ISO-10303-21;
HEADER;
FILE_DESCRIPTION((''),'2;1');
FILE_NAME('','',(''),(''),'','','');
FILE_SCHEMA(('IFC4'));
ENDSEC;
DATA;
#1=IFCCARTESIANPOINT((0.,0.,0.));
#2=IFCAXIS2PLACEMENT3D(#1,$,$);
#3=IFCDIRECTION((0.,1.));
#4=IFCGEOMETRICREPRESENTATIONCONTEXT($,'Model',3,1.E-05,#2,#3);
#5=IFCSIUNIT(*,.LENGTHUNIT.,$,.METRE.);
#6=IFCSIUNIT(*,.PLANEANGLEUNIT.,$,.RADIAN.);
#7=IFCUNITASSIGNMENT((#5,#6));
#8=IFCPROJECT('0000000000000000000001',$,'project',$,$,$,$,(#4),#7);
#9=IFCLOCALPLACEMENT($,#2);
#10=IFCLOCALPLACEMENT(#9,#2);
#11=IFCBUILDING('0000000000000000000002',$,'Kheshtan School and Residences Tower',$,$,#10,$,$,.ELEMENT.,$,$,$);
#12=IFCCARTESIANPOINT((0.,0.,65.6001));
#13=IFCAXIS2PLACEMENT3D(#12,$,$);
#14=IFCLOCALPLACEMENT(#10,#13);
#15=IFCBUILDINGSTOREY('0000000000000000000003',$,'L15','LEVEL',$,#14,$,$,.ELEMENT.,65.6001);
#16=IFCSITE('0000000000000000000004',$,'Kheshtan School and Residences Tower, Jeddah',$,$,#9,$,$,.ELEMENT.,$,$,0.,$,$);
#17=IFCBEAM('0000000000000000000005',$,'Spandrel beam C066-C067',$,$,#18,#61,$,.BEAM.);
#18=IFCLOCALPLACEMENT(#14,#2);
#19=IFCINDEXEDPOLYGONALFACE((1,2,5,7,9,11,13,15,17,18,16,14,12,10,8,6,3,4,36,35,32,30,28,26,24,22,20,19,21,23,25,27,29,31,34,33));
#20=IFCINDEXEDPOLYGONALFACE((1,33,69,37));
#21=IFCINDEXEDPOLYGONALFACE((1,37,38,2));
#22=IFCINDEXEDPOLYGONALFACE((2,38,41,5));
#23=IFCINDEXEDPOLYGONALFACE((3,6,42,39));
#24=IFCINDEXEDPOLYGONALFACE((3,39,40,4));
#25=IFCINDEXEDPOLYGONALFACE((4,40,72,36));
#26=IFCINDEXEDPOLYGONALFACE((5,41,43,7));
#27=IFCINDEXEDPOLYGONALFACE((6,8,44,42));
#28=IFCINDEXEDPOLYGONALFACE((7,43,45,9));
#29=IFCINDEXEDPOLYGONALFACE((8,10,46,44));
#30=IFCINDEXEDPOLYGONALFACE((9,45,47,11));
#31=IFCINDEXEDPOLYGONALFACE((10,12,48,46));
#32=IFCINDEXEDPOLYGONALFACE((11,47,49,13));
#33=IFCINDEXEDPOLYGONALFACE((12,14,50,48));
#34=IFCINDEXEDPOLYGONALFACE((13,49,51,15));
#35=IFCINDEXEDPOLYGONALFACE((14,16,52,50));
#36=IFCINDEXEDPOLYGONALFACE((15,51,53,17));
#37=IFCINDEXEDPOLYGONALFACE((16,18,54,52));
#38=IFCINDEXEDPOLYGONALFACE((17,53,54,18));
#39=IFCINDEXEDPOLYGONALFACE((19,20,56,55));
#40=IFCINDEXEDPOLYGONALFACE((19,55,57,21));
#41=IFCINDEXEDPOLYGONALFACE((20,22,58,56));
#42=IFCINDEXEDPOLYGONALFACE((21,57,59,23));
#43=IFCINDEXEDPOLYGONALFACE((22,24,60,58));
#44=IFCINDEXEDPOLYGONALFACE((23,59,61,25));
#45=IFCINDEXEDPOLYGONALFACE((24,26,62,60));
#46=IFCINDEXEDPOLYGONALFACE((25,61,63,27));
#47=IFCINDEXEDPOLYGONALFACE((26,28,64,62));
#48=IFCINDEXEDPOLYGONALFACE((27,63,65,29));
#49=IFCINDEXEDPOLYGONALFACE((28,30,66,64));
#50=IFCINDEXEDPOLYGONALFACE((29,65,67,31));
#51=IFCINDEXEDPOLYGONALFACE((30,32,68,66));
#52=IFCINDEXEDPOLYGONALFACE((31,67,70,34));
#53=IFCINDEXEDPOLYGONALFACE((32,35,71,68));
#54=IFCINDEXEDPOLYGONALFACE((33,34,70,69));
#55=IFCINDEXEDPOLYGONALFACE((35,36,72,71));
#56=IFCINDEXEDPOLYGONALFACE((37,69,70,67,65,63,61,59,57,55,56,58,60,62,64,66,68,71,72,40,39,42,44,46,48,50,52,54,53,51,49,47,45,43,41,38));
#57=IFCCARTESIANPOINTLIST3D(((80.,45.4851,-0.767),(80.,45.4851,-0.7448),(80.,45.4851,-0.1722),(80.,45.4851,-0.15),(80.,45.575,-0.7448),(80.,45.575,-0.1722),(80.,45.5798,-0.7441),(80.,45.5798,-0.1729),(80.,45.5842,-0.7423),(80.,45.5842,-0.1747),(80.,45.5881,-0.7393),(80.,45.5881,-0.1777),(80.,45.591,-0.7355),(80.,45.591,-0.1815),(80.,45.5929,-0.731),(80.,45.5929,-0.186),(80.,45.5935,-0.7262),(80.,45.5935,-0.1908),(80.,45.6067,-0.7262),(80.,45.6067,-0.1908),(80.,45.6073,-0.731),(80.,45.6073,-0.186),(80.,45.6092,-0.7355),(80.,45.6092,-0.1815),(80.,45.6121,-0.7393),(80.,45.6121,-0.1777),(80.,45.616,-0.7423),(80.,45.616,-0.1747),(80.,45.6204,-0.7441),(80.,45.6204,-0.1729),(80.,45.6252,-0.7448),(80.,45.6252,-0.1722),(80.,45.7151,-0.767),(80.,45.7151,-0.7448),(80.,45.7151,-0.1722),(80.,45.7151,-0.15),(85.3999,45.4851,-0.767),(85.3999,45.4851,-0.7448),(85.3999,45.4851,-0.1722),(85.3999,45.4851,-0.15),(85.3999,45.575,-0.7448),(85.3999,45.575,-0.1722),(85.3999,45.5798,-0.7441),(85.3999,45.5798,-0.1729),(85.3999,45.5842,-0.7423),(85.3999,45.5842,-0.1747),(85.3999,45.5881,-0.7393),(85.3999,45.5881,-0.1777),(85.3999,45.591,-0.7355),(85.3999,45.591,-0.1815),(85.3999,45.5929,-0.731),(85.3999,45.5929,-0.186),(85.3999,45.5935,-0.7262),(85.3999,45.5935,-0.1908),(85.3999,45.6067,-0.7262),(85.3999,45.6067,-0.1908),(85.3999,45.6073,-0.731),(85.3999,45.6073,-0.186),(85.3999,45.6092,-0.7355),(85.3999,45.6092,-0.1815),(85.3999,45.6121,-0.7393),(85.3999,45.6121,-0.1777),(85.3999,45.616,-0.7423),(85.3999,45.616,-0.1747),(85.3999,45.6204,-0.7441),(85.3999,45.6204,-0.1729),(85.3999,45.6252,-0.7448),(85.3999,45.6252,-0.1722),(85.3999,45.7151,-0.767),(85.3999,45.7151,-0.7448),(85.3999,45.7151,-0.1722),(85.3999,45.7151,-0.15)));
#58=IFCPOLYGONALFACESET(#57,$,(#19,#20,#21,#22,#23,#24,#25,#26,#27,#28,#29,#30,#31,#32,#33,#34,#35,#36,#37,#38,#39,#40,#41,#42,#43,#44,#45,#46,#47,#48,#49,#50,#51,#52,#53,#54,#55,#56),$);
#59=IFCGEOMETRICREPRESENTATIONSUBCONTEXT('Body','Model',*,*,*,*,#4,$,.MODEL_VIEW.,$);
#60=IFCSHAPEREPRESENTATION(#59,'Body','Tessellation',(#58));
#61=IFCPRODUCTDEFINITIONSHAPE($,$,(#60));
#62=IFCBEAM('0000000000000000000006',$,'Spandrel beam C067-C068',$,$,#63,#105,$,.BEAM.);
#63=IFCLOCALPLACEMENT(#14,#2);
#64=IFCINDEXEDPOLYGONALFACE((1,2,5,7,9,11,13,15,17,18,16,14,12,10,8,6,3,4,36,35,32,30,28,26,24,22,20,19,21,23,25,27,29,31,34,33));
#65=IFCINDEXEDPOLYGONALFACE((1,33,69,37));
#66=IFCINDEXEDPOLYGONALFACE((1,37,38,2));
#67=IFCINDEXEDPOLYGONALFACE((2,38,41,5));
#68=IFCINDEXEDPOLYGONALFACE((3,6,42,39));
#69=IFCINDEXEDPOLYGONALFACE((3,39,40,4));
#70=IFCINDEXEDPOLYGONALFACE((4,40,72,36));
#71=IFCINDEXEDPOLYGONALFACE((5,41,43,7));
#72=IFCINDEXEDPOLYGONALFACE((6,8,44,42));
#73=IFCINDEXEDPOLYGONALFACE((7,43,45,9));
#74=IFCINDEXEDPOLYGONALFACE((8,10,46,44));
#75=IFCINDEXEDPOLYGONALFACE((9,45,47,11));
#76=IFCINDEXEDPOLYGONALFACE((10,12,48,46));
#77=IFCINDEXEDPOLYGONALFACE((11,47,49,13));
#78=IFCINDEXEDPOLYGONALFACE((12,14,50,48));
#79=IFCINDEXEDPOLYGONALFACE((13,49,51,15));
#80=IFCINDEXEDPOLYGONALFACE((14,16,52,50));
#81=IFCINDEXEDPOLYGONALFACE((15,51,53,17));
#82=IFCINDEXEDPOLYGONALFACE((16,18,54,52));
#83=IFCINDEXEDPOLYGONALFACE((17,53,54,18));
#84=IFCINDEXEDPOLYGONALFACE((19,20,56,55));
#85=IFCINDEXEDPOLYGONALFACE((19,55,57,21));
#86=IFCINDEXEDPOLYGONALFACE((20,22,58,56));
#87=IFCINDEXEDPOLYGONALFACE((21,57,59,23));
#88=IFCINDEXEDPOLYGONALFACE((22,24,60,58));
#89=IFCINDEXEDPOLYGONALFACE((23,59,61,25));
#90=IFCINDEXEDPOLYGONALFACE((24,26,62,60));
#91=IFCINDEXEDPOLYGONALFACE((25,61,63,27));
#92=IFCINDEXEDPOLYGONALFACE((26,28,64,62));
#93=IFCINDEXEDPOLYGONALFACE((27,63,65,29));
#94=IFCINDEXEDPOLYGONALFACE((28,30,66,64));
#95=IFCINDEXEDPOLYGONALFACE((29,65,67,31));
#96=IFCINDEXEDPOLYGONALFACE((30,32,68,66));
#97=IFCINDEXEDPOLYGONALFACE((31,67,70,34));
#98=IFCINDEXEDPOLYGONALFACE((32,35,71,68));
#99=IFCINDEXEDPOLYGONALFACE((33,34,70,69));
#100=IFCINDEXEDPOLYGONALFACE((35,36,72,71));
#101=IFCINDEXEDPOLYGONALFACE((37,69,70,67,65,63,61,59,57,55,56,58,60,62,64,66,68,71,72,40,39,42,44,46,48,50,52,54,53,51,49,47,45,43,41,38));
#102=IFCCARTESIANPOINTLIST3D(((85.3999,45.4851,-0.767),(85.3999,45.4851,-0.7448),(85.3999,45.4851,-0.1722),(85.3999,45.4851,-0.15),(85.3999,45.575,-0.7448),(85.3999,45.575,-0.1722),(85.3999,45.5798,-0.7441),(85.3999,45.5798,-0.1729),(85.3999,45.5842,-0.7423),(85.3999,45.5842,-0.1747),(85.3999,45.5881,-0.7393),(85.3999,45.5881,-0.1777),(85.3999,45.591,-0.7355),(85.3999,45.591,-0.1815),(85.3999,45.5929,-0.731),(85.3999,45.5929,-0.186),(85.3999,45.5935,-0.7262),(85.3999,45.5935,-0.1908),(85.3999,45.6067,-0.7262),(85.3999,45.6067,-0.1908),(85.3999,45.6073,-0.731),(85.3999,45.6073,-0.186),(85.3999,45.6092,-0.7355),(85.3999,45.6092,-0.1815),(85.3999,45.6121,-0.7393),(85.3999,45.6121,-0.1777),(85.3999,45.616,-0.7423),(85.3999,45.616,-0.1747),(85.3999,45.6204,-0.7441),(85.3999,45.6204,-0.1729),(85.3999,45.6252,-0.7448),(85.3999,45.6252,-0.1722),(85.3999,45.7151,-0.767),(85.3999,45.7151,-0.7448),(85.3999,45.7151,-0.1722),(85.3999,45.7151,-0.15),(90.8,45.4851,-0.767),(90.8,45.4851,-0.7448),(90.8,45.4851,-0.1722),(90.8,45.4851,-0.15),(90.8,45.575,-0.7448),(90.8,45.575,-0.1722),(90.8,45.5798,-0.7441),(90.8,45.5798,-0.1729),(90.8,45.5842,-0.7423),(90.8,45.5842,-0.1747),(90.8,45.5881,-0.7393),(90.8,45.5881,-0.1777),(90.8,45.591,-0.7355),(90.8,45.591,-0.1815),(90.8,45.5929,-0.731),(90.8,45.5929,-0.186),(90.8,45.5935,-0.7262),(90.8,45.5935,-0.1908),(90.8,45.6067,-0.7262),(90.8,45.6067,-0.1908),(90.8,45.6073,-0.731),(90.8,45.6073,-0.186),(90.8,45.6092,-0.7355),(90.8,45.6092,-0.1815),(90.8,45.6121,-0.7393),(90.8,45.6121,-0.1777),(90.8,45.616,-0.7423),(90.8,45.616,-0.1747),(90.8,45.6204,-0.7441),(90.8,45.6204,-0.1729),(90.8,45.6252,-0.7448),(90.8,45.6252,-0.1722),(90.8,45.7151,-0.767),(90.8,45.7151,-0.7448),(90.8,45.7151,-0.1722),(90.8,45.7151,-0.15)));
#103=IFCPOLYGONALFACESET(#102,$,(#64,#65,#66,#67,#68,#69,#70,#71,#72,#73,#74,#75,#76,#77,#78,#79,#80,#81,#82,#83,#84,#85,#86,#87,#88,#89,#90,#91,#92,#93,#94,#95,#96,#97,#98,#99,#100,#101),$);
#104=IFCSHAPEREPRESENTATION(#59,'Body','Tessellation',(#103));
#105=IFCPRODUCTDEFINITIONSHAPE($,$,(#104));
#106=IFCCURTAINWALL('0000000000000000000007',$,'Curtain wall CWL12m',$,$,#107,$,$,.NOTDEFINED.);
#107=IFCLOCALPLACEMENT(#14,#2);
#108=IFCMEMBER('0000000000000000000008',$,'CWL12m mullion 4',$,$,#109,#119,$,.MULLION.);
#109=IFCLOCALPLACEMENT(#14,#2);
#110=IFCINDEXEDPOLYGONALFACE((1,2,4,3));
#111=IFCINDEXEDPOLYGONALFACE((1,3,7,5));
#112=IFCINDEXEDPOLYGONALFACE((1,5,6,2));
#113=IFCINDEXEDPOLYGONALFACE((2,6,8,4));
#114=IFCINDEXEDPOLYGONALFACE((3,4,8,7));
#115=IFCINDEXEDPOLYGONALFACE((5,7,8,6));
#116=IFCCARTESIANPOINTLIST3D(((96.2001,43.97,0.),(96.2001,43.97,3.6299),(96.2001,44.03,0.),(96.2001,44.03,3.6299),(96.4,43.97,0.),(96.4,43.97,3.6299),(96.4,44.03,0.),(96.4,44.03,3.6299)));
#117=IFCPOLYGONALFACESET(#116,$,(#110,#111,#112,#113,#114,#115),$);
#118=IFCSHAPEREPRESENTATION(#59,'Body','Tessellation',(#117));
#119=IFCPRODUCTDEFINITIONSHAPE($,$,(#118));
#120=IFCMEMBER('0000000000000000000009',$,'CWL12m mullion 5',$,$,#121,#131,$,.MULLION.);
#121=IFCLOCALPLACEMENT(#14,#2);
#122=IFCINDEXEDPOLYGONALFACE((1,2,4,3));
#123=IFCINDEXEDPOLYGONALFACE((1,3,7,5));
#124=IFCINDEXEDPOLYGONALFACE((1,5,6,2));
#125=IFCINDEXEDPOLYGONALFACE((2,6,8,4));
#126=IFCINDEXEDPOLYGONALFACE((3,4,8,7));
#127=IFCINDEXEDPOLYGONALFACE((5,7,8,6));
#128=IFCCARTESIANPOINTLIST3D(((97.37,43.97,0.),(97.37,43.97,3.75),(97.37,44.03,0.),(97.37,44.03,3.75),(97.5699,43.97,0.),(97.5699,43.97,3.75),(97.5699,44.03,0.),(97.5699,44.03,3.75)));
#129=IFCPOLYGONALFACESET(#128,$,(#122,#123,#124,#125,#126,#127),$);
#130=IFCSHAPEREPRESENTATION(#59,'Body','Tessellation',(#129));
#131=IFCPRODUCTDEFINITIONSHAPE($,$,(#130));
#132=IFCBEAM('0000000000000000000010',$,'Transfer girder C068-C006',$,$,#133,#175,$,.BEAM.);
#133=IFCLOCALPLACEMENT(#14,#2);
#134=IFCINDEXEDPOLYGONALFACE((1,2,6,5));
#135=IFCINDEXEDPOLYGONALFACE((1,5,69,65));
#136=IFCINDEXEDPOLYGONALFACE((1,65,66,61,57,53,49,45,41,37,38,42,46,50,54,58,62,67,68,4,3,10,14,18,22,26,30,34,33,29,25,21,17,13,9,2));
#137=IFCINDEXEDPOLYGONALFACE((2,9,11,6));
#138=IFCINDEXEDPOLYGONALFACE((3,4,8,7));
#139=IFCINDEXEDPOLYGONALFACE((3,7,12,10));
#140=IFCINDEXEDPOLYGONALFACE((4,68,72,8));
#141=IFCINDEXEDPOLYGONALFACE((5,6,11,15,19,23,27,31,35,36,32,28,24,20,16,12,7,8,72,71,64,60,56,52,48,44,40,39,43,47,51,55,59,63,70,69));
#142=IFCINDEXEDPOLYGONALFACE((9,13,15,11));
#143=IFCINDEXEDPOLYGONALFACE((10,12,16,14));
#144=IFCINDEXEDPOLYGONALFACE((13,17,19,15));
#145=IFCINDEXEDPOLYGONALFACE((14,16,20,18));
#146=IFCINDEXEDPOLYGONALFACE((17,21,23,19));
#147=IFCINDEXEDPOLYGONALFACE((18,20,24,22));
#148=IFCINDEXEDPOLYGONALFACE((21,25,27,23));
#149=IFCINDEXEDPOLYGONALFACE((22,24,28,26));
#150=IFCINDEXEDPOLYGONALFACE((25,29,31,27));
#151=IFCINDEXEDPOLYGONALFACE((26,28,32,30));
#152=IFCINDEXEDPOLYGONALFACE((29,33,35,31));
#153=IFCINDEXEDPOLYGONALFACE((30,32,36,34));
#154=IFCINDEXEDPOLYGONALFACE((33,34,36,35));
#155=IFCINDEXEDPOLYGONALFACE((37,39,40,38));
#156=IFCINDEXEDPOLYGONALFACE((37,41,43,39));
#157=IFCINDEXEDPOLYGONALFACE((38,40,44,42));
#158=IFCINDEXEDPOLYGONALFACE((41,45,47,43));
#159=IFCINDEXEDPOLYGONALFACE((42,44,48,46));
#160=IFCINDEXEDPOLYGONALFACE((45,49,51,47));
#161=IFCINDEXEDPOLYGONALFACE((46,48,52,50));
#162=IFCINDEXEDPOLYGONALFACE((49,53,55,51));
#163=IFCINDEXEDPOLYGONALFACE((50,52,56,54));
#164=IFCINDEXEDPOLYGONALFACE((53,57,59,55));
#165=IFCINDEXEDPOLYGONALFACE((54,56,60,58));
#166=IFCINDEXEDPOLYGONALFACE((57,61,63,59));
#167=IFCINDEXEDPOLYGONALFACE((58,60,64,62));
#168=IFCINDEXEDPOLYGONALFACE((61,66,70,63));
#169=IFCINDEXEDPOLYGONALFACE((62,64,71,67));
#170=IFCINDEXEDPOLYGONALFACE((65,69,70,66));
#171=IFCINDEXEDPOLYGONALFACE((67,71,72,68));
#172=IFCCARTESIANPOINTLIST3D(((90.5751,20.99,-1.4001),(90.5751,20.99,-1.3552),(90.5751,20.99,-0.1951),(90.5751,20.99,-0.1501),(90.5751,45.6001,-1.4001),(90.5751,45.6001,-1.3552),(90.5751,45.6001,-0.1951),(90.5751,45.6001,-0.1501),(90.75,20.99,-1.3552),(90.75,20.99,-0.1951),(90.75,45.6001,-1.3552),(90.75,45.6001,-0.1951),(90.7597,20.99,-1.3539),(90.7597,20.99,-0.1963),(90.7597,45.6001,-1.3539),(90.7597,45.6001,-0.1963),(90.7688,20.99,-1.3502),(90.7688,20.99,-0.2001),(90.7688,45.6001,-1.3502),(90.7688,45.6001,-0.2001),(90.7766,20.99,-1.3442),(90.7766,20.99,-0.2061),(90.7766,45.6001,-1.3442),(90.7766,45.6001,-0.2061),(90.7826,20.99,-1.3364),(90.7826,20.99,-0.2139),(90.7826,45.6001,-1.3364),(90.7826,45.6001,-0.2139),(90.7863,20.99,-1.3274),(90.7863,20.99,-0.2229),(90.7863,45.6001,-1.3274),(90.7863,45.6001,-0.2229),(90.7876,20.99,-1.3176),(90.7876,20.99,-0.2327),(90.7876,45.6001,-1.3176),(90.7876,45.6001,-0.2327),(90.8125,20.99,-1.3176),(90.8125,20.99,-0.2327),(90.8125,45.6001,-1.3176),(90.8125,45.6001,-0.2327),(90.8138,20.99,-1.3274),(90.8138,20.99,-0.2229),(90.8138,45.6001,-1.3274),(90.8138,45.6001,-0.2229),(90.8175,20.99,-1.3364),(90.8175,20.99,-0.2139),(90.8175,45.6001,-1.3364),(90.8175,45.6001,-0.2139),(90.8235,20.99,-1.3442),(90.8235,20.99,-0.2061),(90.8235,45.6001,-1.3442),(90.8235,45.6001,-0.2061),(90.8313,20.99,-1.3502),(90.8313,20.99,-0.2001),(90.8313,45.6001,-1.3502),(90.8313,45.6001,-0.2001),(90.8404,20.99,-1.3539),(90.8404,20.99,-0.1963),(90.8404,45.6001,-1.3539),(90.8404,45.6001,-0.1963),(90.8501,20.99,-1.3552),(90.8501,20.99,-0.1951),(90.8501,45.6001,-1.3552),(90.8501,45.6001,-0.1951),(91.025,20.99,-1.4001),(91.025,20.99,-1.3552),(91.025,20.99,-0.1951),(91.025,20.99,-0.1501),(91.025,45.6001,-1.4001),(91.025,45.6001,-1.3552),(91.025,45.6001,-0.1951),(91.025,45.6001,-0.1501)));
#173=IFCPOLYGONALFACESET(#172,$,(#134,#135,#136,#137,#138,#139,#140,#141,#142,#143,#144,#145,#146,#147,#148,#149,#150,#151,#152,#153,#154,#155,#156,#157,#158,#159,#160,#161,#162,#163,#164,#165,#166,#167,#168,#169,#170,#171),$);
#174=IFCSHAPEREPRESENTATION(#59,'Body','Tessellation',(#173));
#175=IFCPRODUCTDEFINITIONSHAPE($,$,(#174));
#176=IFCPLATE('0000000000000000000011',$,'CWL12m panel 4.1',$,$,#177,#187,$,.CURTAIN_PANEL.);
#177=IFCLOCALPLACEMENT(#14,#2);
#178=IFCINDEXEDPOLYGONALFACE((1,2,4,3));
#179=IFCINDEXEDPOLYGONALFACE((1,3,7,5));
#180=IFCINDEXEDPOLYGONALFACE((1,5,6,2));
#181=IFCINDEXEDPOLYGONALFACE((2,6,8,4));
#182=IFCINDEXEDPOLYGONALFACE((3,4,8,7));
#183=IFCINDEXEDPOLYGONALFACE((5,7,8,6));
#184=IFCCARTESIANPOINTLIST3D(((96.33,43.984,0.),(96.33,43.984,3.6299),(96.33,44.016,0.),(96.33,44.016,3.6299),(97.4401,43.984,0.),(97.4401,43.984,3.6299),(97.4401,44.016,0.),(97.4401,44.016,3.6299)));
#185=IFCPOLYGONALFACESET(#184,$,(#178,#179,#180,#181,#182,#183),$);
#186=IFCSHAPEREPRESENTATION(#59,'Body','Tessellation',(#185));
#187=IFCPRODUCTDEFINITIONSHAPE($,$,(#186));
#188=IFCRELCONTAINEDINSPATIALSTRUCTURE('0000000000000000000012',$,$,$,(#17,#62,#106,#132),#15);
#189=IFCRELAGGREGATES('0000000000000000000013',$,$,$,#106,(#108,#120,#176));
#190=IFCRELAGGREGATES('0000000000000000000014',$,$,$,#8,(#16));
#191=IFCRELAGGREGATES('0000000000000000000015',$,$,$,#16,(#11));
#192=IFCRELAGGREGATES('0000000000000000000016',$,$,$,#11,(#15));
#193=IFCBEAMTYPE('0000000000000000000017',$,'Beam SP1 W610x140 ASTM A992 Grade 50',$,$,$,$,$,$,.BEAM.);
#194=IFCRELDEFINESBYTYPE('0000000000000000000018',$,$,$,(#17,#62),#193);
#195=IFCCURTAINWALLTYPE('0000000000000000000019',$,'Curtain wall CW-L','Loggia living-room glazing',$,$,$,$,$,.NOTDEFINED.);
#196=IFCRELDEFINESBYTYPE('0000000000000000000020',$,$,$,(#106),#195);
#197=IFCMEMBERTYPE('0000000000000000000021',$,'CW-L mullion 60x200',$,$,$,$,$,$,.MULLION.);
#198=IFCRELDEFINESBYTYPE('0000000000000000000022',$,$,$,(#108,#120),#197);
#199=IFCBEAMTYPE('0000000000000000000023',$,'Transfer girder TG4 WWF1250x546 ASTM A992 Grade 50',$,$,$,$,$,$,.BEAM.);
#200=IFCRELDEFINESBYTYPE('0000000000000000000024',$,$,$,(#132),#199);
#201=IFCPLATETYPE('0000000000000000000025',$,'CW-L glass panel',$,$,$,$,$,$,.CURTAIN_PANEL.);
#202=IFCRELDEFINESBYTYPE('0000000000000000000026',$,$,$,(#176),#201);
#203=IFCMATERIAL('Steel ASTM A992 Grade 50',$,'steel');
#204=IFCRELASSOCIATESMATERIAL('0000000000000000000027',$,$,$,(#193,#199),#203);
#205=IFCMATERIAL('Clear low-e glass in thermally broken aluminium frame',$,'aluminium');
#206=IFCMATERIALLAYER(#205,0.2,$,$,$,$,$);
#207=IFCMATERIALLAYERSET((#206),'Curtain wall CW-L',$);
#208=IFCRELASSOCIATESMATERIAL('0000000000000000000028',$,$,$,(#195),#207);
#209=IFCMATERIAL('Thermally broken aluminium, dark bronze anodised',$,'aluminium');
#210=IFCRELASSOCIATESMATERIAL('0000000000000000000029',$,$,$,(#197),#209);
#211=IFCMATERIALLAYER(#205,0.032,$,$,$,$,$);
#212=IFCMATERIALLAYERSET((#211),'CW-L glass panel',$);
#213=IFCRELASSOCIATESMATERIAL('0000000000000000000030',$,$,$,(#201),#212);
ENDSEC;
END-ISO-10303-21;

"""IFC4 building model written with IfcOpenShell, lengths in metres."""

from ifc_helpers import new_model, si_unit, direction, frame, origin, origin_2d, place, context, subcontext, project, spatial, rectangle, i_section, extrude, material, layer, layer_set, material_profile, profile_set, type_object, element, aggregate, save


model = new_model("IFC4")

# Units and contexts
model_context = context("Model", 3, precision=1e-05, world=origin(), true_north=direction((0.0, 1.0)))
body_context = subcontext(model_context, "Body", "Model", "MODEL_VIEW")
ifc_project = project(units=[si_unit("LENGTHUNIT", "METRE"), si_unit("PLANEANGLEUNIT", "RADIAN")], contexts=[model_context])

# Site, building, storey
site_placement = place(None, origin())
site = spatial("IfcSite", under=ifc_project, at=site_placement, Name="Kheshtan School and Residences Tower, Jeddah", CompositionType="ELEMENT", RefElevation=0.0)
building_placement = place(site_placement, origin())
building = spatial("IfcBuilding", under=site, at=building_placement, Name="Kheshtan School and Residences Tower", CompositionType="ELEMENT")
storey_placement = place(building_placement, frame((0.0, 0.0, 65.6001)))
storey = spatial("IfcBuildingStorey", under=building, at=storey_placement, Name="L15", Description="LEVEL", CompositionType="ELEMENT", Elevation=65.6001)

# Shared definitions
ifc_material_1 = material(Name="Steel ASTM A992 Grade 50", Category="steel")

# Beams
ifc_material_profile_1 = material_profile(ifc_material_1, i_section(OverallWidth=0.23, OverallDepth=0.6169, WebThickness=0.0132, FlangeThickness=0.0222, FilletRadius=0.0186, at=origin_2d()), Name="W610x140")
ifc_profile_set_1 = profile_set([ifc_material_profile_1], Name="Steel ASTM A992 Grade 50")
beam_type_1 = type_object("IfcBeamType", Name="Beam SP1 W610x140 ASTM A992 Grade 50", PredefinedType="BEAM", material=ifc_profile_set_1)
for number, where, z_axis, x_axis, name in (
    (1, (80.0, 45.6001, -0.4585), (1.0, 0.0, 0.0), (0.0, 1.0, 0.0), "Spandrel beam C066-C067"),
):
    element("IfcBeam", number, at=place(storey_placement, frame(where, z_axis=z_axis, x_axis=x_axis)), inside=storey, type_object=beam_type_1, Name=name, PredefinedType="BEAM", context=body_context, shape_type="SweptSolid", body=[
        extrude(i_section(OverallWidth=0.23, OverallDepth=0.6169, WebThickness=0.0132, FlangeThickness=0.0222, FilletRadius=0.0186, at=origin_2d()), origin(), (0.0, 0.0, 1.0), 5.3999),
    ])
beam_1_placement = place(storey_placement, frame((85.3999, 45.6001, -0.4585), z_axis=(1.0, 0.0, 0.0), x_axis=(0.0, 1.0, 0.0)))
element("IfcBeam", 2, at=beam_1_placement, inside=storey, type_object=beam_type_1, Name="Spandrel beam C067-C068", PredefinedType="BEAM", context=body_context, shape_type="SweptSolid", body=[
    extrude(i_section(OverallWidth=0.23, OverallDepth=0.6169, WebThickness=0.0132, FlangeThickness=0.0222, FilletRadius=0.0186, at=origin_2d()), origin(), (0.0, 0.0, 1.0), 5.4001),
])

# Curtain wall, members
ifc_material_2 = material(Name="Clear low-e glass in thermally broken aluminium frame", Category="aluminium")
ifc_layer_1 = layer(ifc_material_2, 0.2)
ifc_layer_set_1 = layer_set([ifc_layer_1], Name="Curtain wall CW-L")
curtain_wall_type = type_object("IfcCurtainWallType", Name="Curtain wall CW-L", Description="Loggia living-room glazing", PredefinedType="NOTDEFINED", material=ifc_layer_set_1)
curtain_wall_placement = place(storey_placement, origin())
curtain_wall = element("IfcCurtainWall", 3, at=curtain_wall_placement, inside=storey, type_object=curtain_wall_type, Name="Curtain wall CWL12m", PredefinedType="NOTDEFINED")
ifc_material_3 = material(Name="Thermally broken aluminium, dark bronze anodised", Category="aluminium")
ifc_material_profile_2 = material_profile(ifc_material_3, rectangle(XDim=0.0601, YDim=0.2, at=origin_2d()), Name="CW-L mullion 60x200")
ifc_profile_set_2 = profile_set([ifc_material_profile_2], Name="Thermally broken aluminium, dark bronze anodised")
member_type = type_object("IfcMemberType", Name="CW-L mullion 60x200", PredefinedType="MULLION", material=ifc_profile_set_2)
member_1_placement = place(storey_placement, frame((96.3, 44.0, 0.0), z_axis=(0.0, 0.0, 1.0), x_axis=(0.0, 1.0, 0.0)))
member_1 = element("IfcMember", 4, at=member_1_placement, type_object=member_type, Name="CWL12m mullion 4", PredefinedType="MULLION", context=body_context, shape_type="SweptSolid", body=[
    extrude(rectangle(XDim=0.0601, YDim=0.2, at=origin_2d()), origin(), (0.0, 0.0, 1.0), 3.6299),
])
member_2_placement = place(storey_placement, frame((97.47, 44.0, 0.0), z_axis=(0.0, 0.0, 1.0), x_axis=(0.0, 1.0, 0.0)))
member_2 = element("IfcMember", 5, at=member_2_placement, type_object=member_type, Name="CWL12m mullion 5", PredefinedType="MULLION", context=body_context, shape_type="SweptSolid", body=[
    extrude(rectangle(XDim=0.0601, YDim=0.2, at=origin_2d()), origin(), (0.0, 0.0, 1.0), 3.75),
])

# Beam
ifc_material_profile_3 = material_profile(ifc_material_1, i_section(OverallWidth=0.45, OverallDepth=1.25, WebThickness=0.0249, FlangeThickness=0.0449, FilletRadius=0.0376, at=origin_2d()), Name="WWF1250x546")
ifc_profile_set_3 = profile_set([ifc_material_profile_3], Name="Steel ASTM A992 Grade 50")
beam_type_2 = type_object("IfcBeamType", Name="Transfer girder TG4 WWF1250x546 ASTM A992 Grade 50", PredefinedType="BEAM", material=ifc_profile_set_3)
beam_2_placement = place(storey_placement, frame((90.8, 45.6001, -0.7751), z_axis=(0.0, -1.0, 0.0), x_axis=(1.0, 0.0, 0.0)))
element("IfcBeam", 6, at=beam_2_placement, inside=storey, type_object=beam_type_2, Name="Transfer girder C068-C006", PredefinedType="BEAM", context=body_context, shape_type="SweptSolid", body=[
    extrude(i_section(OverallWidth=0.45, OverallDepth=1.25, WebThickness=0.0249, FlangeThickness=0.0449, FilletRadius=0.0376, at=origin_2d()), origin(), (0.0, 0.0, 1.0), 24.6101),
])

# Plate
ifc_layer_2 = layer(ifc_material_2, 0.032)
ifc_layer_set_2 = layer_set([ifc_layer_2], Name="CW-L glass panel")
plate_type = type_object("IfcPlateType", Name="CW-L glass panel", PredefinedType="CURTAIN_PANEL", material=ifc_layer_set_2)
plate_placement = place(storey_placement, frame((96.885, 44.0, 0.0), z_axis=(0.0, 0.0, 1.0), x_axis=(1.0, 0.0, 0.0)))
plate = element("IfcPlate", 7, at=plate_placement, type_object=plate_type, Name="CWL12m panel 4.1", PredefinedType="CURTAIN_PANEL", context=body_context, shape_type="SweptSolid", body=[
    extrude(rectangle(XDim=1.1101, YDim=0.032, at=origin_2d()), origin(), (0.0, 0.0, 1.0), 3.6299),
])
aggregate(curtain_wall, [member_1, member_2, plate])

save(model, "model.ifc")
